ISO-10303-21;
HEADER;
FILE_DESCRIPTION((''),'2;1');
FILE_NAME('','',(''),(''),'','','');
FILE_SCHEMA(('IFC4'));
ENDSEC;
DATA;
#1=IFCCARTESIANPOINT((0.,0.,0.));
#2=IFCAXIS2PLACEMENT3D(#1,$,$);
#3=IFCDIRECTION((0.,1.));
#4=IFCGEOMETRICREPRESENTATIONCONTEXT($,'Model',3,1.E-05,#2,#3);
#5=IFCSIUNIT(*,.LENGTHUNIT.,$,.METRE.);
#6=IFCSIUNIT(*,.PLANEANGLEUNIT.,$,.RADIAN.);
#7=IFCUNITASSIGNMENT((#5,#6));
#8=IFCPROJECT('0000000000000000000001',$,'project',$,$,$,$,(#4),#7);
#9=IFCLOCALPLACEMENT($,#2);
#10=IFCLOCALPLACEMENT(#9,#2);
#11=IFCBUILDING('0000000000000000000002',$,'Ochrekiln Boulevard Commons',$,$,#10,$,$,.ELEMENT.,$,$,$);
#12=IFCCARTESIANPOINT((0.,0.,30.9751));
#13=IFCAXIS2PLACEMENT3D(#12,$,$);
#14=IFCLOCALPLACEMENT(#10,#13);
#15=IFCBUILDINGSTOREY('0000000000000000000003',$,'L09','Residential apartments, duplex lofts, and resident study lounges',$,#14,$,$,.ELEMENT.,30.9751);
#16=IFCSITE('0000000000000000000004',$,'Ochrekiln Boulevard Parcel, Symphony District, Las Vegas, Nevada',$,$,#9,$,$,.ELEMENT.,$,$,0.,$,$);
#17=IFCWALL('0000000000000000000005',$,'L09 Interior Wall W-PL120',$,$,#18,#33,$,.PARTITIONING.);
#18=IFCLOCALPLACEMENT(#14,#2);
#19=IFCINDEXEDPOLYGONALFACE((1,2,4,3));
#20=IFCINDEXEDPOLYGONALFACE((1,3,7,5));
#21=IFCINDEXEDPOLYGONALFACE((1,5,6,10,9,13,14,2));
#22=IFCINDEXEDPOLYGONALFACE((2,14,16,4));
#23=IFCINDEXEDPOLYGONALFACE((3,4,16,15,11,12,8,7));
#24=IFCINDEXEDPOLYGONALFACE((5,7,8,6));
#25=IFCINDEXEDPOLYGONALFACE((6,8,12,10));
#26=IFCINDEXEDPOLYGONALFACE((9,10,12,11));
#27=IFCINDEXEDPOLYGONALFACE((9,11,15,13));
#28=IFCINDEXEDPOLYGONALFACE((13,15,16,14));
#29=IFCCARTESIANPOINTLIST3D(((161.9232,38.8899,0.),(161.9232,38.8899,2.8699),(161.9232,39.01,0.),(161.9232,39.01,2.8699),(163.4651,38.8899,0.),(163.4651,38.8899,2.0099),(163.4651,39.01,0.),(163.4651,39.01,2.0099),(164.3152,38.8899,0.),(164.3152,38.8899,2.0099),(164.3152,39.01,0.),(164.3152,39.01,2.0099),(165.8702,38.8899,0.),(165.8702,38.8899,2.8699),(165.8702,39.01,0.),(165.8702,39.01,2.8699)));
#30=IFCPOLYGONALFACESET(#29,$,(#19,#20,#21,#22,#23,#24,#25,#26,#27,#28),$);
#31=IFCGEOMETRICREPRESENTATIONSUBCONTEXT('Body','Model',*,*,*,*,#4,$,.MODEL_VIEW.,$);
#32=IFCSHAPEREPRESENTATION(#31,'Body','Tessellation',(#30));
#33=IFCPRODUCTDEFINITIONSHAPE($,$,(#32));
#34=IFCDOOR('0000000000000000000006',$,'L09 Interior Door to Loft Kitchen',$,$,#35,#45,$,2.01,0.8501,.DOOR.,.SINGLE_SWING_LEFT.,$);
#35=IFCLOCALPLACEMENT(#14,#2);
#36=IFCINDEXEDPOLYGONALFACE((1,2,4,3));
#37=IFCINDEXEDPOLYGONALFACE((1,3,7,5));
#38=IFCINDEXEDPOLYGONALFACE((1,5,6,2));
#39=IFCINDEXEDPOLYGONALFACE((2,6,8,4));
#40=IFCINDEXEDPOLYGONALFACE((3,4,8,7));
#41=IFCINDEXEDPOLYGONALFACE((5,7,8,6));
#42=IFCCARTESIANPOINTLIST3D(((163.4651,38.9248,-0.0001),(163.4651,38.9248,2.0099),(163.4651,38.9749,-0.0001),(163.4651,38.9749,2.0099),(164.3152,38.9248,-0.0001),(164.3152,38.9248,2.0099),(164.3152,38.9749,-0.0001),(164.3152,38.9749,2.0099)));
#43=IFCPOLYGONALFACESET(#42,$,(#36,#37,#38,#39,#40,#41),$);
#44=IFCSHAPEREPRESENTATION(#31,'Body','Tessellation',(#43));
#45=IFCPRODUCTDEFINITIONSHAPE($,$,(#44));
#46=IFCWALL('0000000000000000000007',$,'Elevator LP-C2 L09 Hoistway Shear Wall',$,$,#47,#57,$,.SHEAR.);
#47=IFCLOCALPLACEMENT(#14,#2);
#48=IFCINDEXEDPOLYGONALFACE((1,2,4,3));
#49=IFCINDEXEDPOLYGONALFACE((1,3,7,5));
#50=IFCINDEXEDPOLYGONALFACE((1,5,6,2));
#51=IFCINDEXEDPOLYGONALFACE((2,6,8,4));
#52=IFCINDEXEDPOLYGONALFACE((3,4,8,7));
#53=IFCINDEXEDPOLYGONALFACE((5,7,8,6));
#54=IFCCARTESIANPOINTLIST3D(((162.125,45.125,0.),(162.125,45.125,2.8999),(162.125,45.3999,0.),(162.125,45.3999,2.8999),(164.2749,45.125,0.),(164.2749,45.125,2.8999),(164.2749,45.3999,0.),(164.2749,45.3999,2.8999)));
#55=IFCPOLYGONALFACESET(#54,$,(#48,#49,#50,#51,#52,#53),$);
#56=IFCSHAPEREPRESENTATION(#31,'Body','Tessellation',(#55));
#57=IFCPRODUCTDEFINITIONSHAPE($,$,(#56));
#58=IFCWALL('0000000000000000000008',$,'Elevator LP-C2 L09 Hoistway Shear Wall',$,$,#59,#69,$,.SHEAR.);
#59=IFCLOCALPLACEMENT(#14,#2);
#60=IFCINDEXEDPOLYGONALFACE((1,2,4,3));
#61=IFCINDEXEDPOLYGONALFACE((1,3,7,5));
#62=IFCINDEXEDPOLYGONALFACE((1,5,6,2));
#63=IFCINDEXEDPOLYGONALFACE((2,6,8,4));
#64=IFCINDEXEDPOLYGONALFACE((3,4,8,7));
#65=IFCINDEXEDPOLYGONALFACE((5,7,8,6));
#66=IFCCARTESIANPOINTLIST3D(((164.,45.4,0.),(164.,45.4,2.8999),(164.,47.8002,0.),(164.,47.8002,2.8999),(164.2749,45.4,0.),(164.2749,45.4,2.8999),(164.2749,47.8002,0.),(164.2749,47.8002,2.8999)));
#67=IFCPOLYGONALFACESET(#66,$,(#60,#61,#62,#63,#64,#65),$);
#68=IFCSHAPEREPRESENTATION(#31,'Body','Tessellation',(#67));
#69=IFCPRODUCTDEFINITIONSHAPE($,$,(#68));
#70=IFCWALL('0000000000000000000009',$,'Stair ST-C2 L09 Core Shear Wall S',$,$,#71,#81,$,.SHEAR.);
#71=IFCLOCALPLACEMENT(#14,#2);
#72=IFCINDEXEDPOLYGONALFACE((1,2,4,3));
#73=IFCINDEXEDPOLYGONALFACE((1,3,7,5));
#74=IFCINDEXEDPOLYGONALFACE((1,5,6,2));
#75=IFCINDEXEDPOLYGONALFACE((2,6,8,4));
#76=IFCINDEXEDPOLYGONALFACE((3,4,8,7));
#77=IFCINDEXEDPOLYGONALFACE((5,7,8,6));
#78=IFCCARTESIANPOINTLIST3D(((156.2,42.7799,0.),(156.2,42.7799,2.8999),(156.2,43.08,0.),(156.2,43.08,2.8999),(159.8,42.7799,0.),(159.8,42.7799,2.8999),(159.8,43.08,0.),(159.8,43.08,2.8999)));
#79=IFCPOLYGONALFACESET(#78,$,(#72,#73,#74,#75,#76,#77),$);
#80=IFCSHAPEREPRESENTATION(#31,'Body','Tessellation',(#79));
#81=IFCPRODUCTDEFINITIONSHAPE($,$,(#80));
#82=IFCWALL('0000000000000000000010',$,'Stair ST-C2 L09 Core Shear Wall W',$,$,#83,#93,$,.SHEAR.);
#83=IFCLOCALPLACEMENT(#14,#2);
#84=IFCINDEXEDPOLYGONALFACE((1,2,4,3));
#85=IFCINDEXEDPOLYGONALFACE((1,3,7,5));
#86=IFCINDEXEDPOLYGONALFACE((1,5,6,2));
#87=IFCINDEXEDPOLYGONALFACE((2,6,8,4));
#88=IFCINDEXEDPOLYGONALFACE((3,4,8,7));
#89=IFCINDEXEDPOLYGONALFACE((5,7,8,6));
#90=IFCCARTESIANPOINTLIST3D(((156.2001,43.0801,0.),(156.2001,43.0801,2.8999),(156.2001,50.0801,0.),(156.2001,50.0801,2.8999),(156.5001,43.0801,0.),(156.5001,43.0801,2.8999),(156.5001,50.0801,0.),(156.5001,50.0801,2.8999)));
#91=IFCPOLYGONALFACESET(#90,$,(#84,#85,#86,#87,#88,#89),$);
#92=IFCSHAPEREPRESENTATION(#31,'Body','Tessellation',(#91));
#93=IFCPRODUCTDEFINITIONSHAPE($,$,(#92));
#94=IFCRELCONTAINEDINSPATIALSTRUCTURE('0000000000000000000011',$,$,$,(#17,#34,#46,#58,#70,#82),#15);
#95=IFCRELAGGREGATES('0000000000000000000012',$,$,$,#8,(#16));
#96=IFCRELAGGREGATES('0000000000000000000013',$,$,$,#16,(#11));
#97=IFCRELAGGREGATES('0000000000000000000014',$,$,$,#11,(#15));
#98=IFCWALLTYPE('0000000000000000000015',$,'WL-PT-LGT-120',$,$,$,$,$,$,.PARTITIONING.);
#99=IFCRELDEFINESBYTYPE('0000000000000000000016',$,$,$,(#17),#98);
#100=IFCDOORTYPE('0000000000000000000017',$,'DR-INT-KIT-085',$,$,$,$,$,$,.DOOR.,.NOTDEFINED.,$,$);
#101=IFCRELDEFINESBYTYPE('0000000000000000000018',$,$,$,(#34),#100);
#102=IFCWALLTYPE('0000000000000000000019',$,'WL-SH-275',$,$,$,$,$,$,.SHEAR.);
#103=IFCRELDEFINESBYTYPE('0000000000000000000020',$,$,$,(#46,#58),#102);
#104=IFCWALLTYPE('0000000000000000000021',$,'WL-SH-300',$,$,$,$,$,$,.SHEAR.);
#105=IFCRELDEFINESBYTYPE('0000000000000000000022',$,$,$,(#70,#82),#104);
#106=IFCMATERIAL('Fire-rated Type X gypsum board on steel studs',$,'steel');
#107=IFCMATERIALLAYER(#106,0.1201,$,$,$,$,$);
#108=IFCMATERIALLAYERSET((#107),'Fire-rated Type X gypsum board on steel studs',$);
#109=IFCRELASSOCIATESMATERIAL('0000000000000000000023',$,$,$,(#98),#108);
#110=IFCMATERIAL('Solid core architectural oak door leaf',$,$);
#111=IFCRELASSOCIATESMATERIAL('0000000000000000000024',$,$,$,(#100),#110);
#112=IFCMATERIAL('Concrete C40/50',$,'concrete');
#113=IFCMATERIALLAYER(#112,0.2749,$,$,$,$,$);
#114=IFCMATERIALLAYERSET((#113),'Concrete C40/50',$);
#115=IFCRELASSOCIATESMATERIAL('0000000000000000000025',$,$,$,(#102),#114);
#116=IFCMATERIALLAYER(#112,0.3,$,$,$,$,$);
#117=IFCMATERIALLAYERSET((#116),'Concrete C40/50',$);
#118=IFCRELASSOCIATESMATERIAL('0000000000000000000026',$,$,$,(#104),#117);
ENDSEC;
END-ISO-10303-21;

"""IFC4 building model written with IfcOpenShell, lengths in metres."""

from ifc_helpers import new_model, si_unit, direction, frame, frame_2d, origin, place, context, subcontext, project, spatial, rectangle, extrude, material, layer, layer_set, type_object, element, fill, save


model = new_model("IFC4")

# Units and contexts
model_context = context("Model", 3, precision=1e-05, world=origin(), true_north=direction((0.0, 1.0)))
body_context = subcontext(model_context, "Body", "Model", "MODEL_VIEW")
ifc_project = project(units=[si_unit("LENGTHUNIT", "METRE"), si_unit("PLANEANGLEUNIT", "RADIAN")], contexts=[model_context])

# Site, building, storey
site_placement = place(None, origin())
site = spatial("IfcSite", under=ifc_project, at=site_placement, Name="Ochrekiln Boulevard Parcel, Symphony District, Las Vegas, Nevada", CompositionType="ELEMENT", RefElevation=0.0)
building_placement = place(site_placement, origin())
building = spatial("IfcBuilding", under=site, at=building_placement, Name="Ochrekiln Boulevard Commons", CompositionType="ELEMENT")
storey_placement = place(building_placement, frame((0.0, 0.0, 30.9751)))
storey = spatial("IfcBuildingStorey", under=building, at=storey_placement, Name="L09", Description="Residential apartments, duplex lofts, and resident study lounges", CompositionType="ELEMENT", Elevation=30.9751)

# Shared definitions
ifc_material_1 = material(Name="Concrete C40/50", Category="concrete")

# Shared definitions
ifc_material_2 = material(Name="Fire-rated Type X gypsum board on steel studs", Category="steel")

# Wall, opening, door
ifc_layer_1 = layer(ifc_material_2, 0.1201)
ifc_layer_set_1 = layer_set([ifc_layer_1], Name="Fire-rated Type X gypsum board on steel studs")
wall_type_1 = type_object("IfcWallType", Name="WL-PT-LGT-120", PredefinedType="PARTITIONING", material=ifc_layer_set_1)
ifc_material_3 = material(Name="Solid core architectural oak door leaf")
wall_1_placement = place(storey_placement, frame((161.9231, 38.95, 0.0), z_axis=(0.0, 0.0, 1.0), x_axis=(1.0, 0.0, 0.0)))
wall_1 = element("IfcWall", 1, at=wall_1_placement, inside=storey, type_object=wall_type_1, Name="L09 Interior Wall W-PL120", PredefinedType="PARTITIONING", context=body_context, shape_type="SweptSolid", body=[
    extrude(rectangle(XDim=3.947, YDim=0.1201, at=frame_2d((1.9736, 0.0))), origin(), (0.0, 0.0, 1.0), 2.8699),
])
opening_1_placement = place(wall_1_placement, frame((1.542, 0.0, 0.0)))
opening_1 = element("IfcOpeningElement", 2, at=opening_1_placement, cuts=wall_1, PredefinedType="OPENING", context=body_context, shape_type="SweptSolid", body=[
    extrude(rectangle(XDim=0.8501, YDim=2.01, at=frame_2d((0.425, 1.0049))), frame((0.0, 0.0701, 0.0), z_axis=(0.0, -1.0, 0.0), x_axis=(1.0, 0.0, 0.0)), (0.0, 0.0, 1.0), 0.1401),
])
door_type_1 = type_object("IfcDoorType", Name="DR-INT-KIT-085", OperationType="NOTDEFINED", PredefinedType="DOOR", material=ifc_material_3)
door_1_placement = place(opening_1_placement, origin())
door_1 = element("IfcDoor", 3, at=door_1_placement, inside=storey, type_object=door_type_1, Name="L09 Interior Door to Loft Kitchen", OperationType="SINGLE_SWING_LEFT", OverallHeight=2.01, OverallWidth=0.8501, PredefinedType="DOOR", context=body_context, shape_type="SweptSolid", body=[
    extrude(rectangle(XDim=0.8501, YDim=2.01, at=frame_2d((0.425, 1.0049))), frame((0.0, 0.0249, 0.0), z_axis=(0.0, -1.0, 0.0), x_axis=(1.0, 0.0, 0.0)), (0.0, 0.0, 1.0), 0.05),
])
fill(opening_1, door_1)

# Wall
ifc_layer_2 = layer(ifc_material_1, 0.2749)
ifc_layer_set_2 = layer_set([ifc_layer_2], Name="Concrete C40/50")
wall_type_2 = type_object("IfcWallType", Name="WL-SH-275", PredefinedType="SHEAR", material=ifc_layer_set_2)
wall_2_placement = place(storey_placement, frame((162.125, 45.2625, 0.0), z_axis=(0.0, 0.0, 1.0), x_axis=(1.0, 0.0, 0.0)))
element("IfcWall", 4, at=wall_2_placement, inside=storey, type_object=wall_type_2, Name="Elevator LP-C2 L09 Hoistway Shear Wall", PredefinedType="SHEAR", context=body_context, shape_type="SweptSolid", body=[
    extrude(rectangle(XDim=2.1499, YDim=0.2749, at=frame_2d((1.075, 0.0))), origin(), (0.0, 0.0, 1.0), 2.8999),
])

# Walls
wall_3_placement = place(storey_placement, frame((164.1375, 45.3999, 0.0), z_axis=(0.0, 0.0, 1.0), x_axis=(0.0, 1.0, 0.0)))
element("IfcWall", 5, at=wall_3_placement, inside=storey, type_object=wall_type_2, Name="Elevator LP-C2 L09 Hoistway Shear Wall", PredefinedType="SHEAR", context=body_context, shape_type="SweptSolid", body=[
    extrude(rectangle(XDim=2.4001, YDim=0.2749, at=frame_2d((1.2002, 0.0))), origin(), (0.0, 0.0, 1.0), 2.8999),
])
ifc_layer_3 = layer(ifc_material_1, 0.3)
ifc_layer_set_3 = layer_set([ifc_layer_3], Name="Concrete C40/50")
wall_type_3 = type_object("IfcWallType", Name="WL-SH-300", PredefinedType="SHEAR", material=ifc_layer_set_3)
wall_4_placement = place(storey_placement, frame((156.2, 42.9299, 0.0), z_axis=(0.0, 0.0, 1.0), x_axis=(1.0, 0.0, 0.0)))
element("IfcWall", 6, at=wall_4_placement, inside=storey, type_object=wall_type_3, Name="Stair ST-C2 L09 Core Shear Wall S", PredefinedType="SHEAR", context=body_context, shape_type="SweptSolid", body=[
    extrude(rectangle(XDim=3.6001, YDim=0.3, at=frame_2d((1.8, 0.0))), origin(), (0.0, 0.0, 1.0), 2.8999),
])
wall_5_placement = place(storey_placement, frame((156.3501, 43.0801, 0.0), z_axis=(0.0, 0.0, 1.0), x_axis=(0.0, 1.0, 0.0)))
element("IfcWall", 7, at=wall_5_placement, inside=storey, type_object=wall_type_3, Name="Stair ST-C2 L09 Core Shear Wall W", PredefinedType="SHEAR", context=body_context, shape_type="SweptSolid", body=[
    extrude(rectangle(XDim=7.0, YDim=0.3, at=frame_2d((3.5, 0.0))), origin(), (0.0, 0.0, 1.0), 2.8999),
])

save(model, "model.ifc")
